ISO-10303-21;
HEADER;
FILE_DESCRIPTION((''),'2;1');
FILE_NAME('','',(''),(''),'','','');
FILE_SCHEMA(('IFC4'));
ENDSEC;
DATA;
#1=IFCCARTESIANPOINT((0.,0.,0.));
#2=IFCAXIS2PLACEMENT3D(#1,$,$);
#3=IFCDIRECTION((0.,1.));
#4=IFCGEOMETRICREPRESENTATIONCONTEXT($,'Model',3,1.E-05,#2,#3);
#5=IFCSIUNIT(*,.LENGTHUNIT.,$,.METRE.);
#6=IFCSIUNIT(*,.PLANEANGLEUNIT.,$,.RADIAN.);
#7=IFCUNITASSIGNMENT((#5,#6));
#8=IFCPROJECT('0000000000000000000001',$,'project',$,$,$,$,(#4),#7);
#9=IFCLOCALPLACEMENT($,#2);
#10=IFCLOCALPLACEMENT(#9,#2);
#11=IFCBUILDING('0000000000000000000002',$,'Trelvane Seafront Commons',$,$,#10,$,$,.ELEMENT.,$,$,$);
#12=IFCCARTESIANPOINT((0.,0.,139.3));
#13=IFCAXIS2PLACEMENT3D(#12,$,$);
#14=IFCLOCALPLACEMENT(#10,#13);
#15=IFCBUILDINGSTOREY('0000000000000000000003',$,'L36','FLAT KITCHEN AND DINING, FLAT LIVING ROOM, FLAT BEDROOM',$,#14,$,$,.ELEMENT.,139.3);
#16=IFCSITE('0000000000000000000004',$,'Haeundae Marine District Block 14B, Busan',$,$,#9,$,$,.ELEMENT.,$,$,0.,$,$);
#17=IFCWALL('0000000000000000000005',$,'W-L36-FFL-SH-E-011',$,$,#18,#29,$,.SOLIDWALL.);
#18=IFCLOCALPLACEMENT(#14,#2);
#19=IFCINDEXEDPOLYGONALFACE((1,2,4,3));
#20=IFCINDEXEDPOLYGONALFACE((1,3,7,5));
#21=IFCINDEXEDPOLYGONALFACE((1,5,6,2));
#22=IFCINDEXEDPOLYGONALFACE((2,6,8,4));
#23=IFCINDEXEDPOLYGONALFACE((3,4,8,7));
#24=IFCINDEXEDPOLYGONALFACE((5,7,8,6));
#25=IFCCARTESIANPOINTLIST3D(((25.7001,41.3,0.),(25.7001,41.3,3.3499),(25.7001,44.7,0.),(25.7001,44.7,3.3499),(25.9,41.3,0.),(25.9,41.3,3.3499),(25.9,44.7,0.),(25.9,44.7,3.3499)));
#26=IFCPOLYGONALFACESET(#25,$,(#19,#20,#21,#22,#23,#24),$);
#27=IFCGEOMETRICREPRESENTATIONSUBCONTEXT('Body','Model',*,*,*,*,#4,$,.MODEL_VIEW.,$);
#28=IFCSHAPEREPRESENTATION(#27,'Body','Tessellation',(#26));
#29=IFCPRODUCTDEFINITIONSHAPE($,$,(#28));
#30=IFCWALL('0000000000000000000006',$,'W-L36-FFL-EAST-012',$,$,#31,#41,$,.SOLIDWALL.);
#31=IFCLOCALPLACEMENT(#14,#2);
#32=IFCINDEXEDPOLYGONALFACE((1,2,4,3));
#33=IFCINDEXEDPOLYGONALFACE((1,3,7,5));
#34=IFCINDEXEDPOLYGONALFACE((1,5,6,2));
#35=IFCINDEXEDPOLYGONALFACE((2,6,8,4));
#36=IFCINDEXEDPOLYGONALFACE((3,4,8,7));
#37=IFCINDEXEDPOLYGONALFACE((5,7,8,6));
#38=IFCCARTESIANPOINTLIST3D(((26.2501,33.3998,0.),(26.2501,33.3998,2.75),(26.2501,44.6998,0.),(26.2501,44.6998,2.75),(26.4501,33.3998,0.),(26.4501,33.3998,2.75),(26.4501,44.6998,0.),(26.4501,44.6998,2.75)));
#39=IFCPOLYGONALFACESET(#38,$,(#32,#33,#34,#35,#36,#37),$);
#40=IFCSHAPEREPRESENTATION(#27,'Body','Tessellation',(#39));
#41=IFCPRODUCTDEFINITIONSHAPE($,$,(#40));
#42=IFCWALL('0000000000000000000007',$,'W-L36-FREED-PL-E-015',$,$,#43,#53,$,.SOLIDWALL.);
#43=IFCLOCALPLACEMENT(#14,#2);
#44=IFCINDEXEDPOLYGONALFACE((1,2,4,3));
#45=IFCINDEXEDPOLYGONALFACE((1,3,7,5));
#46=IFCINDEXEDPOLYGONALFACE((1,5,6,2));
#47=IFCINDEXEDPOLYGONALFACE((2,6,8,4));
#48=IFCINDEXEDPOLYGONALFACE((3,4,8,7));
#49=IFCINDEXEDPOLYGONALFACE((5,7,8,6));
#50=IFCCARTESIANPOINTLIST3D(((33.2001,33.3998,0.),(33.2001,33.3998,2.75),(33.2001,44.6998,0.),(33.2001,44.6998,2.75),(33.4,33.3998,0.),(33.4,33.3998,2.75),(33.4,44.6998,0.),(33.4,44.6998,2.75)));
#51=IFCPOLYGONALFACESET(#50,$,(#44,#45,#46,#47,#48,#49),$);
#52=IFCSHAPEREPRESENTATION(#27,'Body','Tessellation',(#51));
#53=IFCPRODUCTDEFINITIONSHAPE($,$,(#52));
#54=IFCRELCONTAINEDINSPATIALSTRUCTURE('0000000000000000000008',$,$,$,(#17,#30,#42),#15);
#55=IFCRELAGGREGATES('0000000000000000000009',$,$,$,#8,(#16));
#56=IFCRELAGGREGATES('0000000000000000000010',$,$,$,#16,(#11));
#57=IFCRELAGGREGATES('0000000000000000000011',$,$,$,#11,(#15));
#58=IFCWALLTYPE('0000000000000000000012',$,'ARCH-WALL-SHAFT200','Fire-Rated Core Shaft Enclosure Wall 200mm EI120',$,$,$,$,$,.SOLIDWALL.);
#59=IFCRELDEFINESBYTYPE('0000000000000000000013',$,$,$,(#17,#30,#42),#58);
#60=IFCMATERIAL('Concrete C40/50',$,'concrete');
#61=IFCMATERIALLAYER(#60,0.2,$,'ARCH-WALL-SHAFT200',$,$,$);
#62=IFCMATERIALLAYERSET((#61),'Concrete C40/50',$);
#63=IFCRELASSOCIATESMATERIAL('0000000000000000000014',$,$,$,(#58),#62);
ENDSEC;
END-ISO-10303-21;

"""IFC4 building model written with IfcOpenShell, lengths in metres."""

from ifc_helpers import new_model, si_unit, direction, frame, frame_2d, origin, place, context, subcontext, project, spatial, rectangle, extrude, material, layer, layer_set, type_object, element, save


model = new_model("IFC4")

# Units and contexts
model_context = context("Model", 3, precision=1e-05, world=origin(), true_north=direction((0.0, 1.0)))
body_context = subcontext(model_context, "Body", "Model", "MODEL_VIEW")
ifc_project = project(units=[si_unit("LENGTHUNIT", "METRE"), si_unit("PLANEANGLEUNIT", "RADIAN")], contexts=[model_context])

# Site, building, storey
site_placement = place(None, origin())
site = spatial("IfcSite", under=ifc_project, at=site_placement, Name="Haeundae Marine District Block 14B, Busan", CompositionType="ELEMENT", RefElevation=0.0)
building_placement = place(site_placement, origin())
building = spatial("IfcBuilding", under=site, at=building_placement, Name="Trelvane Seafront Commons", CompositionType="ELEMENT")
storey_placement = place(building_placement, frame((0.0, 0.0, 139.3)))
storey = spatial("IfcBuildingStorey", under=building, at=storey_placement, Name="L36", Description="FLAT KITCHEN AND DINING, FLAT LIVING ROOM, FLAT BEDROOM", CompositionType="ELEMENT", Elevation=139.3)

# Shared definitions
ifc_material_1 = material(Name="Concrete C40/50", Category="concrete")

# Walls
ifc_layer_1 = layer(ifc_material_1, 0.2, Name="ARCH-WALL-SHAFT200")
ifc_layer_set_1 = layer_set([ifc_layer_1], Name="Concrete C40/50")
wall_type_1 = type_object("IfcWallType", Name="ARCH-WALL-SHAFT200", Description="Fire-Rated Core Shaft Enclosure Wall 200mm EI120", PredefinedType="SOLIDWALL", material=ifc_layer_set_1)
wall_1_placement = place(storey_placement, frame((25.8, 41.3, 0.0), z_axis=(0.0, 0.0, 1.0), x_axis=(0.0, 1.0, 0.0)))
element("IfcWall", 1, at=wall_1_placement, inside=storey, type_object=wall_type_1, Name="W-L36-FFL-SH-E-011", PredefinedType="SOLIDWALL", context=body_context, shape_type="SweptSolid", body=[
    extrude(rectangle(XDim=3.3999, YDim=0.2, at=frame_2d((1.7, 0.0))), origin(), (0.0, 0.0, 1.0), 3.3499),
])
for number, where, z_axis, x_axis, name in (
    (2, (26.3501, 33.3999, 0.0), (0.0, 0.0, 1.0), (0.0, 1.0, 0.0), "W-L36-FFL-EAST-012"),
    (3, (33.3, 33.3999, 0.0), (0.0, 0.0, 1.0), (0.0, 1.0, 0.0), "W-L36-FREED-PL-E-015"),
):
    element("IfcWall", number, at=place(storey_placement, frame(where, z_axis=z_axis, x_axis=x_axis)), inside=storey, type_object=wall_type_1, Name=name, PredefinedType="SOLIDWALL", context=body_context, shape_type="SweptSolid", body=[
        extrude(rectangle(XDim=11.3, YDim=0.2, at=frame_2d((5.6499, 0.0))), origin(), (0.0, 0.0, 1.0), 2.75),
    ])

save(model, "model.ifc")
